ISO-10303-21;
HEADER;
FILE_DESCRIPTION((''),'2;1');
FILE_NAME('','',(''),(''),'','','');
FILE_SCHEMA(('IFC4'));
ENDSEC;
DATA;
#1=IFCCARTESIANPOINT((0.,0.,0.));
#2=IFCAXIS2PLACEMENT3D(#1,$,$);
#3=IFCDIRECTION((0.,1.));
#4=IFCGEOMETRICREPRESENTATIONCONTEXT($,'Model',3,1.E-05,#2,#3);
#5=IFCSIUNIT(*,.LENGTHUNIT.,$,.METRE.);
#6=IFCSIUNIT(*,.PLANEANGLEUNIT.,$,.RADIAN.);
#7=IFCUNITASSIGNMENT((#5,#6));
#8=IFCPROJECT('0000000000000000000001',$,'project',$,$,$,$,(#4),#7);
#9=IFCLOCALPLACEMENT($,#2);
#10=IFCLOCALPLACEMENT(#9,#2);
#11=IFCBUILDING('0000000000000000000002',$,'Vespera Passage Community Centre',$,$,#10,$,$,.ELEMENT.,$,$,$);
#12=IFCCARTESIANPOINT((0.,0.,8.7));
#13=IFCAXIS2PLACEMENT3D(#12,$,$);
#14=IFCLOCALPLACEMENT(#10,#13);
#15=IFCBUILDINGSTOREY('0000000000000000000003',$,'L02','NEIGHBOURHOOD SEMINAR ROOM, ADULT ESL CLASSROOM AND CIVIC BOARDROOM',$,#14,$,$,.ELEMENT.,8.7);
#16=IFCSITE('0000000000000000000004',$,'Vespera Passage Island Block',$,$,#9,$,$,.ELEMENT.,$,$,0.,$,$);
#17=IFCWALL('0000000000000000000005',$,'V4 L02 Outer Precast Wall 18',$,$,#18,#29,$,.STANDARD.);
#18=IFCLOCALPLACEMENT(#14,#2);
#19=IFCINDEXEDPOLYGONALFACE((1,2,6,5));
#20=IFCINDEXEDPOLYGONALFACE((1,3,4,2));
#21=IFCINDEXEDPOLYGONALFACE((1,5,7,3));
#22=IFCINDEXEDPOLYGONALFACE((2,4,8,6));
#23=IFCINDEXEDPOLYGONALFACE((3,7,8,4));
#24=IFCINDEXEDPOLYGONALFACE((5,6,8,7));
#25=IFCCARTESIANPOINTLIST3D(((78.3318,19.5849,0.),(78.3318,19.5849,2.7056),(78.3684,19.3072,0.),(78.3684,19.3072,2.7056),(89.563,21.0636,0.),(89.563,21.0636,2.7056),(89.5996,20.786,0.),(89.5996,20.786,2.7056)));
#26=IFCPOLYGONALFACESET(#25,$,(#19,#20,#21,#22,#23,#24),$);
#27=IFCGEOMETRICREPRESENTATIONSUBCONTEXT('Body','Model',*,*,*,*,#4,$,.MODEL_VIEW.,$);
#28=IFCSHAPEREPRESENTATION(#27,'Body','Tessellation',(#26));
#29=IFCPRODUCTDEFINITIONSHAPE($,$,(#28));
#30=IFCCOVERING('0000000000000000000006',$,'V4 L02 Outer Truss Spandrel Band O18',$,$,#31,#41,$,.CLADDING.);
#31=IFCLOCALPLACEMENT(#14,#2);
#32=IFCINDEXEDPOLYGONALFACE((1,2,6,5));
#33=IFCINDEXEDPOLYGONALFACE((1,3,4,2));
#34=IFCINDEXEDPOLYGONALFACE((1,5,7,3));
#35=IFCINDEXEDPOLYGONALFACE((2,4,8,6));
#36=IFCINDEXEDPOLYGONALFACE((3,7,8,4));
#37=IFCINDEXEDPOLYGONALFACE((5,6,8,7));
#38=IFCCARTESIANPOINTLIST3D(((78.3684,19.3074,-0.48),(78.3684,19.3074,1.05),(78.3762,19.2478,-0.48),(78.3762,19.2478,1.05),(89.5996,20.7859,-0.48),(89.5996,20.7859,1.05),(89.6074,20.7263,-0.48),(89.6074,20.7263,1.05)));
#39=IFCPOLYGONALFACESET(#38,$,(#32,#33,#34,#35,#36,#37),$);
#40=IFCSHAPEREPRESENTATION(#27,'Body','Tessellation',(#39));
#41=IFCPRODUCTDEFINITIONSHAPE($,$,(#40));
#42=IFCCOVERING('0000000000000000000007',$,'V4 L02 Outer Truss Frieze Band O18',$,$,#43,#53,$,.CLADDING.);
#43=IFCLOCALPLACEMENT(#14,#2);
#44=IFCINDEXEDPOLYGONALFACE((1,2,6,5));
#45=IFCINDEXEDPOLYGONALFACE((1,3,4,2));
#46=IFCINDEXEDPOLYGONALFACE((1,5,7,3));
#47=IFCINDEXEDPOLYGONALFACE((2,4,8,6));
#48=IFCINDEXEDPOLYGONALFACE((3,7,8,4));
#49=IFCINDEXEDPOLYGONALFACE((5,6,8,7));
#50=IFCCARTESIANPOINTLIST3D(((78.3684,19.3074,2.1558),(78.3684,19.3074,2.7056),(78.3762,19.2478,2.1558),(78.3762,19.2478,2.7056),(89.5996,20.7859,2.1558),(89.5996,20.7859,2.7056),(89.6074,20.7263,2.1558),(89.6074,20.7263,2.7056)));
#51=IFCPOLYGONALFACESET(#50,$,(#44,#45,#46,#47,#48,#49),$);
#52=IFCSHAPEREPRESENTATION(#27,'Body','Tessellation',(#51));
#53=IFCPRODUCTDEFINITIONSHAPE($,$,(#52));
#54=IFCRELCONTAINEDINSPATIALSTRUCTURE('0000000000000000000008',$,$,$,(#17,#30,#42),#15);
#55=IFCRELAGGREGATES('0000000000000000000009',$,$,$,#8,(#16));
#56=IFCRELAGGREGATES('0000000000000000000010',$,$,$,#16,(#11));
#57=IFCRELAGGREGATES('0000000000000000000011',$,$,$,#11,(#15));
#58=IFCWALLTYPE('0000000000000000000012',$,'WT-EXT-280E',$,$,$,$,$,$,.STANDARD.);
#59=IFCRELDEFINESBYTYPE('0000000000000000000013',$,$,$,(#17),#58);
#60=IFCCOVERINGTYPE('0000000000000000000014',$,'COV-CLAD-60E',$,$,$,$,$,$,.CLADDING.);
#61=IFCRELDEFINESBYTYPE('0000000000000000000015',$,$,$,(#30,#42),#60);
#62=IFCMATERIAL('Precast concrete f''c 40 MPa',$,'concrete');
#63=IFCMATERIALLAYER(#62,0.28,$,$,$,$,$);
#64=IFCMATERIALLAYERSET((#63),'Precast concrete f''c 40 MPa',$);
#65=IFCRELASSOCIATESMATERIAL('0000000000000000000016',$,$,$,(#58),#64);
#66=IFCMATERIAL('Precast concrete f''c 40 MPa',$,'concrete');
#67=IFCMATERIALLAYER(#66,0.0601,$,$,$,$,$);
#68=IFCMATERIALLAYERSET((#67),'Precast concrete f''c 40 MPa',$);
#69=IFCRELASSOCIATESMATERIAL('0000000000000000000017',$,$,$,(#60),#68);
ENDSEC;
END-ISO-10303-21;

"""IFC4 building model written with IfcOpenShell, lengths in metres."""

from ifc_helpers import new_model, si_unit, direction, frame, frame_2d, origin, place, context, subcontext, project, spatial, rectangle, extrude, material, layer, layer_set, type_object, element, save


model = new_model("IFC4")

# Units and contexts
model_context = context("Model", 3, precision=1e-05, world=origin(), true_north=direction((0.0, 1.0)))
body_context = subcontext(model_context, "Body", "Model", "MODEL_VIEW")
ifc_project = project(units=[si_unit("LENGTHUNIT", "METRE"), si_unit("PLANEANGLEUNIT", "RADIAN")], contexts=[model_context])

# Site, building, storey
site_placement = place(None, origin())
site = spatial("IfcSite", under=ifc_project, at=site_placement, Name="Vespera Passage Island Block", CompositionType="ELEMENT", RefElevation=0.0)
building_placement = place(site_placement, origin())
building = spatial("IfcBuilding", under=site, at=building_placement, Name="Vespera Passage Community Centre", CompositionType="ELEMENT")
storey_placement = place(building_placement, frame((0.0, 0.0, 8.7)))
storey = spatial("IfcBuildingStorey", under=building, at=storey_placement, Name="L02", Description="NEIGHBOURHOOD SEMINAR ROOM, ADULT ESL CLASSROOM AND CIVIC BOARDROOM", CompositionType="ELEMENT", Elevation=8.7)

# Wall
ifc_material_1 = material(Name="Precast concrete f'c 40 MPa", Category="concrete")
ifc_layer_1 = layer(ifc_material_1, 0.28)
ifc_layer_set_1 = layer_set([ifc_layer_1], Name="Precast concrete f'c 40 MPa")
wall_type_1 = type_object("IfcWallType", Name="WT-EXT-280E", PredefinedType="STANDARD", material=ifc_layer_set_1)
wall_1_placement = place(storey_placement, frame((89.5813, 20.9248, 0.0), z_axis=(0.0, 0.0, 1.0), x_axis=(-0.991443, -0.130539, 0.0)))
element("IfcWall", 1, at=wall_1_placement, inside=storey, type_object=wall_type_1, Name="V4 L02 Outer Precast Wall 18", PredefinedType="STANDARD", context=body_context, shape_type="SweptSolid", body=[
    extrude(rectangle(XDim=11.3281, YDim=0.28, at=frame_2d((5.6641, 0.0))), origin(), (0.0, 0.0, 1.0), 2.7056),
])

# Coverings
ifc_material_2 = material(Name="Precast concrete f'c 40 MPa", Category="concrete")
ifc_layer_2 = layer(ifc_material_2, 0.0601)
ifc_layer_set_2 = layer_set([ifc_layer_2], Name="Precast concrete f'c 40 MPa")
covering_type = type_object("IfcCoveringType", Name="COV-CLAD-60E", PredefinedType="CLADDING", material=ifc_layer_set_2)
covering_1_placement = place(storey_placement, frame((89.6035, 20.7561, -0.48), z_axis=(0.0, 0.0, 1.0), x_axis=(-0.991446, -0.130518, 0.0)))
element("IfcCovering", 2, at=covering_1_placement, inside=storey, type_object=covering_type, Name="V4 L02 Outer Truss Spandrel Band O18", PredefinedType="CLADDING", context=body_context, shape_type="SweptSolid", body=[
    extrude(rectangle(XDim=11.3281, YDim=0.0601, at=frame_2d((5.6641, 0.0))), origin(), (0.0, 0.0, 1.0), 1.53),
])
covering_2_placement = place(storey_placement, frame((89.6035, 20.7561, 2.1558), z_axis=(0.0, 0.0, 1.0), x_axis=(-0.991446, -0.130518, 0.0)))
element("IfcCovering", 3, at=covering_2_placement, inside=storey, type_object=covering_type, Name="V4 L02 Outer Truss Frieze Band O18", PredefinedType="CLADDING", context=body_context, shape_type="SweptSolid", body=[
    extrude(rectangle(XDim=11.3281, YDim=0.0601, at=frame_2d((5.6641, 0.0))), origin(), (0.0, 0.0, 1.0), 0.5498),
])

save(model, "model.ifc")
